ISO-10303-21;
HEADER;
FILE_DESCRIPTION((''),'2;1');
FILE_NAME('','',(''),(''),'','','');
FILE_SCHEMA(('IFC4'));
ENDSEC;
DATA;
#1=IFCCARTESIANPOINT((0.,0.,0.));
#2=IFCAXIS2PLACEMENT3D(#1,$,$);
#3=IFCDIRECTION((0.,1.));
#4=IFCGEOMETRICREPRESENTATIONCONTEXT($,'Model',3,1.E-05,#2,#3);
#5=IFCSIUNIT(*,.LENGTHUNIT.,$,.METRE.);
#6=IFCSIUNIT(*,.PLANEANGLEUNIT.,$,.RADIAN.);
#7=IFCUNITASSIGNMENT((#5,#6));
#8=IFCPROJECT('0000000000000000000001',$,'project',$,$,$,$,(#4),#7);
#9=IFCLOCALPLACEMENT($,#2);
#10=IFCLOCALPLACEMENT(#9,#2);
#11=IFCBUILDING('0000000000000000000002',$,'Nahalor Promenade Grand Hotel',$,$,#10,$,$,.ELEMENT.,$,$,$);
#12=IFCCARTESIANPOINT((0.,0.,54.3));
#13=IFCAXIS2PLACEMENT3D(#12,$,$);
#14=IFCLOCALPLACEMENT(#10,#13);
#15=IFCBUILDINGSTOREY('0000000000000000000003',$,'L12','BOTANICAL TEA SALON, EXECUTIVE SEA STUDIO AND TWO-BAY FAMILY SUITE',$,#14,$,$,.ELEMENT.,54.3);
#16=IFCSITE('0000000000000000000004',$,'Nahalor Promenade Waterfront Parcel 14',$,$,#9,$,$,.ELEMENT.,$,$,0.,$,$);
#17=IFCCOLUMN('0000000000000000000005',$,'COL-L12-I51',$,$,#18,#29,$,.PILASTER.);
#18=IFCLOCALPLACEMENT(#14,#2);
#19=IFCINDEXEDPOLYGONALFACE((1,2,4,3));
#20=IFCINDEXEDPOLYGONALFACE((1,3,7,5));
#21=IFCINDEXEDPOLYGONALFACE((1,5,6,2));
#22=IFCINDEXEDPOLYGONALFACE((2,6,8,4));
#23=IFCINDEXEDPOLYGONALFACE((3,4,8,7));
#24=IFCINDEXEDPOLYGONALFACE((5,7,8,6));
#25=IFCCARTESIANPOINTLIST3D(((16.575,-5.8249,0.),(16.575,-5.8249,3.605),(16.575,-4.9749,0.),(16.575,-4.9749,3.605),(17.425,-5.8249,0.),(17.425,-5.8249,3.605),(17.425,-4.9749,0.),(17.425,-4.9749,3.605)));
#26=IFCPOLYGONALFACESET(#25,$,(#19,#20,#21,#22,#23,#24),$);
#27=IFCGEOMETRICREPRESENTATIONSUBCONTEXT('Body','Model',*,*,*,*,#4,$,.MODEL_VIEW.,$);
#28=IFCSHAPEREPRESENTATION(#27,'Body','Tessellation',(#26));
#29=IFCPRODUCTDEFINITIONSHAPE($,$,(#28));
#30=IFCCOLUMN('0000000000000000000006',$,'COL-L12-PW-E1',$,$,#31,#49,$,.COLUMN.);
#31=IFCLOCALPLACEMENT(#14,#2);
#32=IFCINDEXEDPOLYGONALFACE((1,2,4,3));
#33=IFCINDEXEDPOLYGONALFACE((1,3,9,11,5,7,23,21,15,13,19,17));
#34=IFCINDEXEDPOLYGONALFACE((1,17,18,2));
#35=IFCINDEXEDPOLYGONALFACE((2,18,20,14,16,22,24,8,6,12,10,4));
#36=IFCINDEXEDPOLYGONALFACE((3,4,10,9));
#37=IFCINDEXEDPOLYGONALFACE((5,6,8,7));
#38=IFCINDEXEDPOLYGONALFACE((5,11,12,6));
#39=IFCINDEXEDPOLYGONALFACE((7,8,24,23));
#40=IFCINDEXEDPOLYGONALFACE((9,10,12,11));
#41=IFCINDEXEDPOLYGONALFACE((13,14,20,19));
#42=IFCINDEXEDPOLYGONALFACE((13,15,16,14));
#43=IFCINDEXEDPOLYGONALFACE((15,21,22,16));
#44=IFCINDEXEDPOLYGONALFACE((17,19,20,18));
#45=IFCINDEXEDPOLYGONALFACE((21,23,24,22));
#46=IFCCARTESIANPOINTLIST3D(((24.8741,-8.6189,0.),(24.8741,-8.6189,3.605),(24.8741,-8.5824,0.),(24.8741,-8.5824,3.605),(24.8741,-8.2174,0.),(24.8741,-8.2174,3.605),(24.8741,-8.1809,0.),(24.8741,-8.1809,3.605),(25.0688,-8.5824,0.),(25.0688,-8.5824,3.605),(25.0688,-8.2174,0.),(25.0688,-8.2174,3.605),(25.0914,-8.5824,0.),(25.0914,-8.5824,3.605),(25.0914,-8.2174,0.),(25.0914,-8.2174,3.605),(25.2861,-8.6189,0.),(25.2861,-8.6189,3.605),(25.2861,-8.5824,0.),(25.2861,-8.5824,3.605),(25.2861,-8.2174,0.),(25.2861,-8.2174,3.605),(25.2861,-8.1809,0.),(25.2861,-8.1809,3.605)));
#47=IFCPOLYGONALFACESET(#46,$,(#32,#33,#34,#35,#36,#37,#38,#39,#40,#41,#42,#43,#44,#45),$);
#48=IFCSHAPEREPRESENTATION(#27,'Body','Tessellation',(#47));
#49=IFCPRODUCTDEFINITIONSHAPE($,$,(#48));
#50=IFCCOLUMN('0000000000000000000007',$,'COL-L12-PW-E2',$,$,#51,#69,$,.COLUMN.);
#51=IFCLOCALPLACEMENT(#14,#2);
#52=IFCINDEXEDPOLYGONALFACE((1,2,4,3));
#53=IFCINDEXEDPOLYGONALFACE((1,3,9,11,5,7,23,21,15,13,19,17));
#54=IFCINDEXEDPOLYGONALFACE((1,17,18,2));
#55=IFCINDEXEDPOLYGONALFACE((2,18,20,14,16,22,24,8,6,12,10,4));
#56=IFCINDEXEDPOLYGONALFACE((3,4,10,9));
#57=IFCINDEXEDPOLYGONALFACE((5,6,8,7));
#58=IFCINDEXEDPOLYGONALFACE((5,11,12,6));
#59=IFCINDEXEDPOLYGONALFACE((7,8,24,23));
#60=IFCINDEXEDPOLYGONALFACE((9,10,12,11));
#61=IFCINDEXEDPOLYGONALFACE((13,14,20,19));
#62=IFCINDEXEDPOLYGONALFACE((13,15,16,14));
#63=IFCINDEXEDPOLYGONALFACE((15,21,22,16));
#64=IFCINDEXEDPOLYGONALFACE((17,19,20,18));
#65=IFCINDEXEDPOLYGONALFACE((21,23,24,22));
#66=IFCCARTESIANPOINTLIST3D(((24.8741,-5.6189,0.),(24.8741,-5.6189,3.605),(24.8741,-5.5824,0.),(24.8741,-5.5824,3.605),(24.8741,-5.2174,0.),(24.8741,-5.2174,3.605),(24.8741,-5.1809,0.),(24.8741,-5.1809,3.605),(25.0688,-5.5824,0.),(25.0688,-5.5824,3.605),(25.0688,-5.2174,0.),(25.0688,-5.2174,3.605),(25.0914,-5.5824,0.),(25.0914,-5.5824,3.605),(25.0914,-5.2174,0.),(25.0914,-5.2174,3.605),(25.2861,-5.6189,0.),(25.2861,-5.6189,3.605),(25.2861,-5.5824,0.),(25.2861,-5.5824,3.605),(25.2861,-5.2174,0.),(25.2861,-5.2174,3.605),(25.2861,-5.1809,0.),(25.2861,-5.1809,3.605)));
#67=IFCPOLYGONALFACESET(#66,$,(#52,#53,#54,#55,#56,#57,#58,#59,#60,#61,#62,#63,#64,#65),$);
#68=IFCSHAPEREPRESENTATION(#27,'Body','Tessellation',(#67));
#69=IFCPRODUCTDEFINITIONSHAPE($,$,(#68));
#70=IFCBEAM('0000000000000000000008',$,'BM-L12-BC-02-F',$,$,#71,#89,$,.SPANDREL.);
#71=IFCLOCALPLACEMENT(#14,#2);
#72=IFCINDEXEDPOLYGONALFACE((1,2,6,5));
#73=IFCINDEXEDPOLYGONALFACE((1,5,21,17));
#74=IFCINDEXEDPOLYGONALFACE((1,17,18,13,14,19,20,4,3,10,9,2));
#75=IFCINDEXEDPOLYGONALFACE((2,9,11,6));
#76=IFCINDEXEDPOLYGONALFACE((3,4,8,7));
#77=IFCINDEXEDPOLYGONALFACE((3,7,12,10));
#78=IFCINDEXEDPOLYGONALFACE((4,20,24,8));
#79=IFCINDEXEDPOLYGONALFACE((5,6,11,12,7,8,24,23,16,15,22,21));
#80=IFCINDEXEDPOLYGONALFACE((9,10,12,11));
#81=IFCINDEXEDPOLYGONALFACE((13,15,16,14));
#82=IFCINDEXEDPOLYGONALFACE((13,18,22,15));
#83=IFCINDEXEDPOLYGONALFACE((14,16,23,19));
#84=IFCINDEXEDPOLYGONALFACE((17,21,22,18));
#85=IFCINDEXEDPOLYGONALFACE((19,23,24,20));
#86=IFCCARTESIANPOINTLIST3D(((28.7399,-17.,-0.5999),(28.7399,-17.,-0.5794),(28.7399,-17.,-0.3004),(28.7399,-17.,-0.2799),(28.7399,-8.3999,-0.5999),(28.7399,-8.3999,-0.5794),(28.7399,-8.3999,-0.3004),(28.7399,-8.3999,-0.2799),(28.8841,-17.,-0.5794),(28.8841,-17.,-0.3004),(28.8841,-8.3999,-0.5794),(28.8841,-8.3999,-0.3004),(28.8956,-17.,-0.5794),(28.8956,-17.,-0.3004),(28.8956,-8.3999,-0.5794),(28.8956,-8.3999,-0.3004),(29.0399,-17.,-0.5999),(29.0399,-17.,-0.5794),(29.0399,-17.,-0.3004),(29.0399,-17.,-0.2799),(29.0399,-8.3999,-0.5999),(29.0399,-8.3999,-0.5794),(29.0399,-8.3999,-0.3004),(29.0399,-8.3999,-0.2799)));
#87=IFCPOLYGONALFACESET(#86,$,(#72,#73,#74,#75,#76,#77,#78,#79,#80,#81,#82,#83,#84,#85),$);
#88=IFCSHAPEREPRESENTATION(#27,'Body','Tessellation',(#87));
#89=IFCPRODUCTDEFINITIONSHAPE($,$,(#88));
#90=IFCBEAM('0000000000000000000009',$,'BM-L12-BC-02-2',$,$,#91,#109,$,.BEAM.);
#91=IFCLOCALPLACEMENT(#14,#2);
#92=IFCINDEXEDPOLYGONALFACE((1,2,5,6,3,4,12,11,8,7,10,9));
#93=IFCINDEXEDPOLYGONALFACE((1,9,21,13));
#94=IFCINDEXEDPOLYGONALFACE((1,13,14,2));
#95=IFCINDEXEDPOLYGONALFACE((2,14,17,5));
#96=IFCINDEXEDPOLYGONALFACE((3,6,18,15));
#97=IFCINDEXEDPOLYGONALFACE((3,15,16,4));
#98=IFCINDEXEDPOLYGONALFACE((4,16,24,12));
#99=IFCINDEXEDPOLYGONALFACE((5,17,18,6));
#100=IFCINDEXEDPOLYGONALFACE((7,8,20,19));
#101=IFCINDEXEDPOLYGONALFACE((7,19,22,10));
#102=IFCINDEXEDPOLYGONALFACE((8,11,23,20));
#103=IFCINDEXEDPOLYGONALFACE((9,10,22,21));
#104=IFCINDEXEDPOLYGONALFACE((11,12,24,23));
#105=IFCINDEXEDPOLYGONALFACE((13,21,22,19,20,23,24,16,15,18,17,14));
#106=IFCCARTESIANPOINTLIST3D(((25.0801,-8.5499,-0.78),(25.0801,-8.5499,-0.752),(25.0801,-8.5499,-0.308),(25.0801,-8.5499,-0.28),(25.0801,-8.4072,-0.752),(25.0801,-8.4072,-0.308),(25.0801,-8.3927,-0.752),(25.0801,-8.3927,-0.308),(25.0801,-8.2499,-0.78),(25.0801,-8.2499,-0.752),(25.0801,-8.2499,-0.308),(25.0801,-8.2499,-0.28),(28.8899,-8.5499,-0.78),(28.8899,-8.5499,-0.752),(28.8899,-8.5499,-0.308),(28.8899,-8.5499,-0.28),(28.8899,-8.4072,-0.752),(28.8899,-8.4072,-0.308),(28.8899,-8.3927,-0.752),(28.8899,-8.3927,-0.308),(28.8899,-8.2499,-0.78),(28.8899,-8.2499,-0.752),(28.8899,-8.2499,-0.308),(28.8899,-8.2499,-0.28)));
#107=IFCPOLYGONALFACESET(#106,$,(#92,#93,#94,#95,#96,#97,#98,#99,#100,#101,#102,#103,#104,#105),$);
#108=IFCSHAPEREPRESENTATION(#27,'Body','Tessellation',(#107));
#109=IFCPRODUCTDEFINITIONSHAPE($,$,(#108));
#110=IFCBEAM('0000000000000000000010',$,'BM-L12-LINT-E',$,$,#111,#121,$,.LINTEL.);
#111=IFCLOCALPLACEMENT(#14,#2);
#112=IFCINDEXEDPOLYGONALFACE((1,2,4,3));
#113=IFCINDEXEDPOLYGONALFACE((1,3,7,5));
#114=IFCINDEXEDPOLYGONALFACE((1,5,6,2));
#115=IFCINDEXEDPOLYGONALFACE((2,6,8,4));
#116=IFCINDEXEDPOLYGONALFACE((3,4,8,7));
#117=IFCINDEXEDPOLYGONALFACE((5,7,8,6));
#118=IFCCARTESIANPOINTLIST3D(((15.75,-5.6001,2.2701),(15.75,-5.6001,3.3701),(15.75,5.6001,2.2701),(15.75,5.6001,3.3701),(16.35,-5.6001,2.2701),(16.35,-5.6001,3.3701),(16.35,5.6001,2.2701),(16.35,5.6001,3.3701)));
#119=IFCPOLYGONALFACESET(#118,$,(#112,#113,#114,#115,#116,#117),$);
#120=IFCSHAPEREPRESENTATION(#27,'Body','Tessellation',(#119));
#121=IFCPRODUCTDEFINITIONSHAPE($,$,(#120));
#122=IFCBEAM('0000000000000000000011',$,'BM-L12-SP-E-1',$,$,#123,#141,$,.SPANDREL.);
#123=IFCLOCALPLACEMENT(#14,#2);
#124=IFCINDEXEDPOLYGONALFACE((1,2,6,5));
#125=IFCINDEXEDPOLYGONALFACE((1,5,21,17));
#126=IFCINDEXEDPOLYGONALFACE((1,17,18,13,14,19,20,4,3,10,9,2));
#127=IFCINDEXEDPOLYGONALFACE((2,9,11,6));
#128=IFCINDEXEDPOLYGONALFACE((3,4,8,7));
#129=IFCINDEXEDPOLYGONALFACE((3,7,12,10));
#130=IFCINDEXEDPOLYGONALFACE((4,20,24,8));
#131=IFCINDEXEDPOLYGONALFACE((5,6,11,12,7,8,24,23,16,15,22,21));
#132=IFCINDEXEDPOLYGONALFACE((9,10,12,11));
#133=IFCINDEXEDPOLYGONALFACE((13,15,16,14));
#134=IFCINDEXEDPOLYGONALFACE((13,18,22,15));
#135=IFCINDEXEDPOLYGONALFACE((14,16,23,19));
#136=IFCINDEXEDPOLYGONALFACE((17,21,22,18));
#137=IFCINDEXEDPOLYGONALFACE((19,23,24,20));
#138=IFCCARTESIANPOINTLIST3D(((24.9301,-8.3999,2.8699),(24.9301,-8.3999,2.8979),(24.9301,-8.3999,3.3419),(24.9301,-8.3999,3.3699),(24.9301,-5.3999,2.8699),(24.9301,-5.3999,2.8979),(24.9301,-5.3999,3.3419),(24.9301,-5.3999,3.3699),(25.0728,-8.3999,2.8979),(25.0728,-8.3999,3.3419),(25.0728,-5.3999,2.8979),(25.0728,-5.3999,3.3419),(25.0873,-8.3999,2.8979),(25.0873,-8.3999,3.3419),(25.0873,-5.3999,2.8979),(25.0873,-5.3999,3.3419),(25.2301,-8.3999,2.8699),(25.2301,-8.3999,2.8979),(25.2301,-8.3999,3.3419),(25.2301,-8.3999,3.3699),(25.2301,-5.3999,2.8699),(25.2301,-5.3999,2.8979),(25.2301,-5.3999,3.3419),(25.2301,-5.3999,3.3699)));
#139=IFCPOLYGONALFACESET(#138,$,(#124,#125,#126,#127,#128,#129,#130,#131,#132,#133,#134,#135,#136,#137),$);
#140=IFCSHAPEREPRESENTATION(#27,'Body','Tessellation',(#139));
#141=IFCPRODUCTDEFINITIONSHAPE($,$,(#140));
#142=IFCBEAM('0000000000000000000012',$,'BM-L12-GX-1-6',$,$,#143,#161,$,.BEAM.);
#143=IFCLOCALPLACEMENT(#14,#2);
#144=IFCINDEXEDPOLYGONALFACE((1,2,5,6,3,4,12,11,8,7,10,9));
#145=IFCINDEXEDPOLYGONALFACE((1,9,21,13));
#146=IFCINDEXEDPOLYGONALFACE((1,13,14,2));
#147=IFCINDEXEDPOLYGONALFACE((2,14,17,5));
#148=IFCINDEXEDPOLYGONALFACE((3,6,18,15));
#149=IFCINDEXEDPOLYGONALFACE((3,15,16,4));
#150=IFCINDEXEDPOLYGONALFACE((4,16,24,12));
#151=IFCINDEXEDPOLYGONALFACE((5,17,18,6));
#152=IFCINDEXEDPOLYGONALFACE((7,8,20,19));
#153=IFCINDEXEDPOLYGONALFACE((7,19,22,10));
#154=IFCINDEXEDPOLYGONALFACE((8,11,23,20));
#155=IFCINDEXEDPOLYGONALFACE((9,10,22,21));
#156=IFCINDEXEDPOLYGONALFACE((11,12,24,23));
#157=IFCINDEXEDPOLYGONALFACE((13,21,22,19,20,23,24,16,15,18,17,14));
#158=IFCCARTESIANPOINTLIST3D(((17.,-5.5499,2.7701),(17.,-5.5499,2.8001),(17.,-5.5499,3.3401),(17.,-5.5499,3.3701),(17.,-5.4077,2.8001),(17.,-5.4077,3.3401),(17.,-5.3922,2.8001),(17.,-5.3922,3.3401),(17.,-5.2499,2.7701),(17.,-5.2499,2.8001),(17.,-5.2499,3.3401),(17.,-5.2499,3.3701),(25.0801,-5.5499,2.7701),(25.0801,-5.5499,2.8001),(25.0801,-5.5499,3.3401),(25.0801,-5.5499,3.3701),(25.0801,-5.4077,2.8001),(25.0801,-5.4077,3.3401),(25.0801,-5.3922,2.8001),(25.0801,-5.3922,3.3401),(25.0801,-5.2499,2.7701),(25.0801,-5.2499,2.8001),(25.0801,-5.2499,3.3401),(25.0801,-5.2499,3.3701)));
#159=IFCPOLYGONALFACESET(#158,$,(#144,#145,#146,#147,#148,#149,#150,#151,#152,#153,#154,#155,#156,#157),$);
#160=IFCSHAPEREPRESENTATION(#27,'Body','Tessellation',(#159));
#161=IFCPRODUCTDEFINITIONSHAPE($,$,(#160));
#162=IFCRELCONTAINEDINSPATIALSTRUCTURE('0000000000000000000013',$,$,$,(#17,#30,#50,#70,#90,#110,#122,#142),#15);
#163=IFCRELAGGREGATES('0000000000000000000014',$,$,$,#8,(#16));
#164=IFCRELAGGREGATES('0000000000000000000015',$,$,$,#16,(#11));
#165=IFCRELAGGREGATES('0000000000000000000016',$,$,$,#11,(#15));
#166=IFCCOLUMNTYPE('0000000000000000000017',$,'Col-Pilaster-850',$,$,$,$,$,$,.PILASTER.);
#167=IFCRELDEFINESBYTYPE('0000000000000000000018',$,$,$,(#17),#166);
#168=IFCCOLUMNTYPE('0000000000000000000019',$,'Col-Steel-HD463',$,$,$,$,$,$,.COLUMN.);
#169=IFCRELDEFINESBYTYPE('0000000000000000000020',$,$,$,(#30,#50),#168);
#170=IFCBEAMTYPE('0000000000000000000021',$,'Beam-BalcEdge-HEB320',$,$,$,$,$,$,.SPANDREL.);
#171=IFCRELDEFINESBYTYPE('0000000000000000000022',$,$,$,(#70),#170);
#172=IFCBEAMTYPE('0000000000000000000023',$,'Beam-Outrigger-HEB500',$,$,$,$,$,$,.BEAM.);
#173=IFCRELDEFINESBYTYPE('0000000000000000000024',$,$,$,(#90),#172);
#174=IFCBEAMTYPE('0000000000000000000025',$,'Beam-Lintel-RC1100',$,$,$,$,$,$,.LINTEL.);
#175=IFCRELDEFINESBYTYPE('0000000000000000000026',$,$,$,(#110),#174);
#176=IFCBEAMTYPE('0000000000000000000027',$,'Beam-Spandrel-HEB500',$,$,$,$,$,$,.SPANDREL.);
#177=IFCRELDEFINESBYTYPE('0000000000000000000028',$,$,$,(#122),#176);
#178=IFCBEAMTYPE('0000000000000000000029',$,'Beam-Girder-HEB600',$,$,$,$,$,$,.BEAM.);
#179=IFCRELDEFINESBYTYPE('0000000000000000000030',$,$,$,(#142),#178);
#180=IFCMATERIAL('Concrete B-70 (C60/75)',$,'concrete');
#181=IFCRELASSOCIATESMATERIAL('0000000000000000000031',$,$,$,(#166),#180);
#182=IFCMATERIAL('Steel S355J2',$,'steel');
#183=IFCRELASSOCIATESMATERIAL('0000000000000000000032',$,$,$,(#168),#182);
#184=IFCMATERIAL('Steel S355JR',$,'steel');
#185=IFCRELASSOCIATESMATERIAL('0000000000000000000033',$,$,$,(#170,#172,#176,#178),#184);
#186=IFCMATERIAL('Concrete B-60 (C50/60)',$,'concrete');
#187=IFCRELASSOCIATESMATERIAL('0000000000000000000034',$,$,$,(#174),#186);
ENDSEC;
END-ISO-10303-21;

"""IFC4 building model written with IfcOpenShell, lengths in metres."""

from ifc_helpers import new_model, si_unit, direction, frame, origin, origin_2d, place, context, subcontext, project, spatial, rectangle, i_section, extrude, source, transform, mapped, material, material_profile, profile_set, type_object, element, save


model = new_model("IFC4")

# Units and contexts
model_context = context("Model", 3, precision=1e-05, world=origin(), true_north=direction((0.0, 1.0)))
body_context = subcontext(model_context, "Body", "Model", "MODEL_VIEW")
ifc_project = project(units=[si_unit("LENGTHUNIT", "METRE"), si_unit("PLANEANGLEUNIT", "RADIAN")], contexts=[model_context])

# Site, building, storey
site_placement = place(None, origin())
site = spatial("IfcSite", under=ifc_project, at=site_placement, Name="Nahalor Promenade Waterfront Parcel 14", CompositionType="ELEMENT", RefElevation=0.0)
building_placement = place(site_placement, origin())
building = spatial("IfcBuilding", under=site, at=building_placement, Name="Nahalor Promenade Grand Hotel", CompositionType="ELEMENT")
storey_placement = place(building_placement, frame((0.0, 0.0, 54.3)))
storey = spatial("IfcBuildingStorey", under=building, at=storey_placement, Name="L12", Description="BOTANICAL TEA SALON, EXECUTIVE SEA STUDIO AND TWO-BAY FAMILY SUITE", CompositionType="ELEMENT", Elevation=54.3)

# Columns
ifc_material_1 = material(Name="Concrete B-70 (C60/75)", Category="concrete")
ifc_material_profile_1 = material_profile(ifc_material_1, rectangle(XDim=0.85, YDim=0.85, at=origin_2d()), Name="RC 850x850")
ifc_profile_set_1 = profile_set([ifc_material_profile_1], Name="Concrete B-70 (C60/75)")
column_type_1 = type_object("IfcColumnType", Name="Col-Pilaster-850", PredefinedType="PILASTER", material=ifc_profile_set_1)
shared_shape_1 = source(origin(), body_context, "Body", "SweptSolid", [
    extrude(rectangle(XDim=0.85, YDim=0.85, at=origin_2d()), origin(), (0.0, 0.0, 1.0), 3.605),
])
column_placement = place(storey_placement, frame((17.0, -5.3999, 0.0), z_axis=(0.0, 0.0, 1.0), x_axis=(1.0, 0.0, 0.0)))
element("IfcColumn", 1, at=column_placement, inside=storey, type_object=column_type_1, Name="COL-L12-I51", PredefinedType="PILASTER", context=body_context, shape_type="MappedRepresentation", body=[
    mapped(shared_shape_1, transform((0.0, 0.0, 0.0), scale=1.0)),
])
ifc_material_2 = material(Name="Steel S355J2", Category="steel")
ifc_material_profile_2 = material_profile(ifc_material_2, i_section(OverallWidth=0.412, OverallDepth=0.438, WebThickness=0.0226, FlangeThickness=0.0365, at=origin_2d()), Name="HD 400x463")
ifc_profile_set_2 = profile_set([ifc_material_profile_2], Name="Steel S355J2")
column_type_2 = type_object("IfcColumnType", Name="Col-Steel-HD463", PredefinedType="COLUMN", material=ifc_profile_set_2)
shared_shape_2 = source(origin(), body_context, "Body", "SweptSolid", [
    extrude(i_section(OverallWidth=0.412, OverallDepth=0.438, WebThickness=0.0226, FlangeThickness=0.0365, at=origin_2d()), origin(), (0.0, 0.0, 1.0), 3.605),
])
for number, where, z_axis, x_axis, name in (
    (2, (25.0801, -8.3999, 0.0), (0.0, 0.0, 1.0), (1.0, 0.0, 0.0), "COL-L12-PW-E1"),
    (3, (25.0801, -5.3999, 0.0), (0.0, 0.0, 1.0), (1.0, 0.0, 0.0), "COL-L12-PW-E2"),
):
    element("IfcColumn", number, at=place(storey_placement, frame(where, z_axis=z_axis, x_axis=x_axis)), inside=storey, type_object=column_type_2, Name=name, PredefinedType="COLUMN", context=body_context, shape_type="MappedRepresentation", body=[
        mapped(shared_shape_2, transform((0.0, 0.0, 0.0), scale=1.0)),
    ])

# Beams
ifc_material_3 = material(Name="Steel S355JR", Category="steel")
ifc_material_profile_3 = material_profile(ifc_material_3, i_section(OverallWidth=0.3, OverallDepth=0.32, WebThickness=0.0115, FlangeThickness=0.0205, at=origin_2d()), Name="HEB 320")
ifc_profile_set_3 = profile_set([ifc_material_profile_3], Name="Steel S355JR")
beam_type_1 = type_object("IfcBeamType", Name="Beam-BalcEdge-HEB320", PredefinedType="SPANDREL", material=ifc_profile_set_3)
shared_shape_3 = source(origin(), body_context, "Body", "SweptSolid", [
    extrude(i_section(OverallWidth=0.3, OverallDepth=0.32, WebThickness=0.0115, FlangeThickness=0.0205, at=origin_2d()), origin(), (0.0, 0.0, 1.0), 8.6001),
])
beam_1_placement = place(storey_placement, frame((28.8899, -17.0, -0.4399), z_axis=(0.0, 1.0, 0.0), x_axis=(-1.0, 0.0, 0.0)))
element("IfcBeam", 4, at=beam_1_placement, inside=storey, type_object=beam_type_1, Name="BM-L12-BC-02-F", PredefinedType="SPANDREL", context=body_context, shape_type="MappedRepresentation", body=[
    mapped(shared_shape_3, transform((0.0, 0.0, 0.0), scale=1.0)),
])
ifc_material_profile_4 = material_profile(ifc_material_3, i_section(OverallWidth=0.3, OverallDepth=0.5, WebThickness=0.0145, FlangeThickness=0.028, at=origin_2d()), Name="HEB 500")
ifc_profile_set_4 = profile_set([ifc_material_profile_4], Name="Steel S355JR")
beam_type_2 = type_object("IfcBeamType", Name="Beam-Outrigger-HEB500", PredefinedType="BEAM", material=ifc_profile_set_4)
shared_shape_4 = source(origin(), body_context, "Body", "SweptSolid", [
    extrude(i_section(OverallWidth=0.3, OverallDepth=0.5, WebThickness=0.0145, FlangeThickness=0.028, at=origin_2d()), origin(), (0.0, 0.0, 1.0), 3.8098),
])
beam_2_placement = place(storey_placement, frame((25.0801, -8.3999, -0.53), z_axis=(1.0, 0.0, 0.0), x_axis=(0.0, 1.0, 0.0)))
element("IfcBeam", 5, at=beam_2_placement, inside=storey, type_object=beam_type_2, Name="BM-L12-BC-02-2", PredefinedType="BEAM", context=body_context, shape_type="MappedRepresentation", body=[
    mapped(shared_shape_4, transform((0.0, 0.0, 0.0), scale=1.0)),
])
ifc_material_4 = material(Name="Concrete B-60 (C50/60)", Category="concrete")
ifc_material_profile_5 = material_profile(ifc_material_4, rectangle(XDim=0.6, YDim=1.1, at=origin_2d()), Name="RC 600x1100")
ifc_profile_set_5 = profile_set([ifc_material_profile_5], Name="Concrete B-60 (C50/60)")
beam_type_3 = type_object("IfcBeamType", Name="Beam-Lintel-RC1100", PredefinedType="LINTEL", material=ifc_profile_set_5)
shared_shape_5 = source(origin(), body_context, "Body", "SweptSolid", [
    extrude(rectangle(XDim=0.6, YDim=1.1, at=origin_2d()), origin(), (0.0, 0.0, 1.0), 11.2002),
])
beam_3_placement = place(storey_placement, frame((16.05, -5.6001, 2.8201), z_axis=(0.0, 1.0, 0.0), x_axis=(-1.0, 0.0, 0.0)))
element("IfcBeam", 6, at=beam_3_placement, inside=storey, type_object=beam_type_3, Name="BM-L12-LINT-E", PredefinedType="LINTEL", context=body_context, shape_type="MappedRepresentation", body=[
    mapped(shared_shape_5, transform((0.0, 0.0, 0.0), scale=1.0)),
])
ifc_material_profile_6 = material_profile(ifc_material_3, i_section(OverallWidth=0.3, OverallDepth=0.5, WebThickness=0.0145, FlangeThickness=0.028, at=origin_2d()), Name="HEB 500")
ifc_profile_set_6 = profile_set([ifc_material_profile_6], Name="Steel S355JR")
beam_type_4 = type_object("IfcBeamType", Name="Beam-Spandrel-HEB500", PredefinedType="SPANDREL", material=ifc_profile_set_6)
shared_shape_6 = source(origin(), body_context, "Body", "SweptSolid", [
    extrude(i_section(OverallWidth=0.3, OverallDepth=0.5, WebThickness=0.0145, FlangeThickness=0.028, at=origin_2d()), origin(), (0.0, 0.0, 1.0), 3.0),
])
beam_4_placement = place(storey_placement, frame((25.0801, -8.3999, 3.1199), z_axis=(0.0, 1.0, 0.0), x_axis=(-1.0, 0.0, 0.0)))
element("IfcBeam", 7, at=beam_4_placement, inside=storey, type_object=beam_type_4, Name="BM-L12-SP-E-1", PredefinedType="SPANDREL", context=body_context, shape_type="MappedRepresentation", body=[
    mapped(shared_shape_6, transform((0.0, 0.0, 0.0), scale=1.0)),
])
ifc_material_profile_7 = material_profile(ifc_material_3, i_section(OverallWidth=0.3, OverallDepth=0.6, WebThickness=0.0155, FlangeThickness=0.03, at=origin_2d()), Name="HEB 600")
ifc_profile_set_7 = profile_set([ifc_material_profile_7], Name="Steel S355JR")
beam_type_5 = type_object("IfcBeamType", Name="Beam-Girder-HEB600", PredefinedType="BEAM", material=ifc_profile_set_7)
shared_shape_7 = source(origin(), body_context, "Body", "SweptSolid", [
    extrude(i_section(OverallWidth=0.3, OverallDepth=0.6, WebThickness=0.0155, FlangeThickness=0.03, at=origin_2d()), origin(), (0.0, 0.0, 1.0), 8.0801),
])
beam_5_placement = place(storey_placement, frame((17.0, -5.3999, 3.0701), z_axis=(1.0, 0.0, 0.0), x_axis=(0.0, 1.0, 0.0)))
element("IfcBeam", 8, at=beam_5_placement, inside=storey, type_object=beam_type_5, Name="BM-L12-GX-1-6", PredefinedType="BEAM", context=body_context, shape_type="MappedRepresentation", body=[
    mapped(shared_shape_7, transform((0.0, 0.0, 0.0), scale=1.0)),
])

save(model, "model.ifc")
